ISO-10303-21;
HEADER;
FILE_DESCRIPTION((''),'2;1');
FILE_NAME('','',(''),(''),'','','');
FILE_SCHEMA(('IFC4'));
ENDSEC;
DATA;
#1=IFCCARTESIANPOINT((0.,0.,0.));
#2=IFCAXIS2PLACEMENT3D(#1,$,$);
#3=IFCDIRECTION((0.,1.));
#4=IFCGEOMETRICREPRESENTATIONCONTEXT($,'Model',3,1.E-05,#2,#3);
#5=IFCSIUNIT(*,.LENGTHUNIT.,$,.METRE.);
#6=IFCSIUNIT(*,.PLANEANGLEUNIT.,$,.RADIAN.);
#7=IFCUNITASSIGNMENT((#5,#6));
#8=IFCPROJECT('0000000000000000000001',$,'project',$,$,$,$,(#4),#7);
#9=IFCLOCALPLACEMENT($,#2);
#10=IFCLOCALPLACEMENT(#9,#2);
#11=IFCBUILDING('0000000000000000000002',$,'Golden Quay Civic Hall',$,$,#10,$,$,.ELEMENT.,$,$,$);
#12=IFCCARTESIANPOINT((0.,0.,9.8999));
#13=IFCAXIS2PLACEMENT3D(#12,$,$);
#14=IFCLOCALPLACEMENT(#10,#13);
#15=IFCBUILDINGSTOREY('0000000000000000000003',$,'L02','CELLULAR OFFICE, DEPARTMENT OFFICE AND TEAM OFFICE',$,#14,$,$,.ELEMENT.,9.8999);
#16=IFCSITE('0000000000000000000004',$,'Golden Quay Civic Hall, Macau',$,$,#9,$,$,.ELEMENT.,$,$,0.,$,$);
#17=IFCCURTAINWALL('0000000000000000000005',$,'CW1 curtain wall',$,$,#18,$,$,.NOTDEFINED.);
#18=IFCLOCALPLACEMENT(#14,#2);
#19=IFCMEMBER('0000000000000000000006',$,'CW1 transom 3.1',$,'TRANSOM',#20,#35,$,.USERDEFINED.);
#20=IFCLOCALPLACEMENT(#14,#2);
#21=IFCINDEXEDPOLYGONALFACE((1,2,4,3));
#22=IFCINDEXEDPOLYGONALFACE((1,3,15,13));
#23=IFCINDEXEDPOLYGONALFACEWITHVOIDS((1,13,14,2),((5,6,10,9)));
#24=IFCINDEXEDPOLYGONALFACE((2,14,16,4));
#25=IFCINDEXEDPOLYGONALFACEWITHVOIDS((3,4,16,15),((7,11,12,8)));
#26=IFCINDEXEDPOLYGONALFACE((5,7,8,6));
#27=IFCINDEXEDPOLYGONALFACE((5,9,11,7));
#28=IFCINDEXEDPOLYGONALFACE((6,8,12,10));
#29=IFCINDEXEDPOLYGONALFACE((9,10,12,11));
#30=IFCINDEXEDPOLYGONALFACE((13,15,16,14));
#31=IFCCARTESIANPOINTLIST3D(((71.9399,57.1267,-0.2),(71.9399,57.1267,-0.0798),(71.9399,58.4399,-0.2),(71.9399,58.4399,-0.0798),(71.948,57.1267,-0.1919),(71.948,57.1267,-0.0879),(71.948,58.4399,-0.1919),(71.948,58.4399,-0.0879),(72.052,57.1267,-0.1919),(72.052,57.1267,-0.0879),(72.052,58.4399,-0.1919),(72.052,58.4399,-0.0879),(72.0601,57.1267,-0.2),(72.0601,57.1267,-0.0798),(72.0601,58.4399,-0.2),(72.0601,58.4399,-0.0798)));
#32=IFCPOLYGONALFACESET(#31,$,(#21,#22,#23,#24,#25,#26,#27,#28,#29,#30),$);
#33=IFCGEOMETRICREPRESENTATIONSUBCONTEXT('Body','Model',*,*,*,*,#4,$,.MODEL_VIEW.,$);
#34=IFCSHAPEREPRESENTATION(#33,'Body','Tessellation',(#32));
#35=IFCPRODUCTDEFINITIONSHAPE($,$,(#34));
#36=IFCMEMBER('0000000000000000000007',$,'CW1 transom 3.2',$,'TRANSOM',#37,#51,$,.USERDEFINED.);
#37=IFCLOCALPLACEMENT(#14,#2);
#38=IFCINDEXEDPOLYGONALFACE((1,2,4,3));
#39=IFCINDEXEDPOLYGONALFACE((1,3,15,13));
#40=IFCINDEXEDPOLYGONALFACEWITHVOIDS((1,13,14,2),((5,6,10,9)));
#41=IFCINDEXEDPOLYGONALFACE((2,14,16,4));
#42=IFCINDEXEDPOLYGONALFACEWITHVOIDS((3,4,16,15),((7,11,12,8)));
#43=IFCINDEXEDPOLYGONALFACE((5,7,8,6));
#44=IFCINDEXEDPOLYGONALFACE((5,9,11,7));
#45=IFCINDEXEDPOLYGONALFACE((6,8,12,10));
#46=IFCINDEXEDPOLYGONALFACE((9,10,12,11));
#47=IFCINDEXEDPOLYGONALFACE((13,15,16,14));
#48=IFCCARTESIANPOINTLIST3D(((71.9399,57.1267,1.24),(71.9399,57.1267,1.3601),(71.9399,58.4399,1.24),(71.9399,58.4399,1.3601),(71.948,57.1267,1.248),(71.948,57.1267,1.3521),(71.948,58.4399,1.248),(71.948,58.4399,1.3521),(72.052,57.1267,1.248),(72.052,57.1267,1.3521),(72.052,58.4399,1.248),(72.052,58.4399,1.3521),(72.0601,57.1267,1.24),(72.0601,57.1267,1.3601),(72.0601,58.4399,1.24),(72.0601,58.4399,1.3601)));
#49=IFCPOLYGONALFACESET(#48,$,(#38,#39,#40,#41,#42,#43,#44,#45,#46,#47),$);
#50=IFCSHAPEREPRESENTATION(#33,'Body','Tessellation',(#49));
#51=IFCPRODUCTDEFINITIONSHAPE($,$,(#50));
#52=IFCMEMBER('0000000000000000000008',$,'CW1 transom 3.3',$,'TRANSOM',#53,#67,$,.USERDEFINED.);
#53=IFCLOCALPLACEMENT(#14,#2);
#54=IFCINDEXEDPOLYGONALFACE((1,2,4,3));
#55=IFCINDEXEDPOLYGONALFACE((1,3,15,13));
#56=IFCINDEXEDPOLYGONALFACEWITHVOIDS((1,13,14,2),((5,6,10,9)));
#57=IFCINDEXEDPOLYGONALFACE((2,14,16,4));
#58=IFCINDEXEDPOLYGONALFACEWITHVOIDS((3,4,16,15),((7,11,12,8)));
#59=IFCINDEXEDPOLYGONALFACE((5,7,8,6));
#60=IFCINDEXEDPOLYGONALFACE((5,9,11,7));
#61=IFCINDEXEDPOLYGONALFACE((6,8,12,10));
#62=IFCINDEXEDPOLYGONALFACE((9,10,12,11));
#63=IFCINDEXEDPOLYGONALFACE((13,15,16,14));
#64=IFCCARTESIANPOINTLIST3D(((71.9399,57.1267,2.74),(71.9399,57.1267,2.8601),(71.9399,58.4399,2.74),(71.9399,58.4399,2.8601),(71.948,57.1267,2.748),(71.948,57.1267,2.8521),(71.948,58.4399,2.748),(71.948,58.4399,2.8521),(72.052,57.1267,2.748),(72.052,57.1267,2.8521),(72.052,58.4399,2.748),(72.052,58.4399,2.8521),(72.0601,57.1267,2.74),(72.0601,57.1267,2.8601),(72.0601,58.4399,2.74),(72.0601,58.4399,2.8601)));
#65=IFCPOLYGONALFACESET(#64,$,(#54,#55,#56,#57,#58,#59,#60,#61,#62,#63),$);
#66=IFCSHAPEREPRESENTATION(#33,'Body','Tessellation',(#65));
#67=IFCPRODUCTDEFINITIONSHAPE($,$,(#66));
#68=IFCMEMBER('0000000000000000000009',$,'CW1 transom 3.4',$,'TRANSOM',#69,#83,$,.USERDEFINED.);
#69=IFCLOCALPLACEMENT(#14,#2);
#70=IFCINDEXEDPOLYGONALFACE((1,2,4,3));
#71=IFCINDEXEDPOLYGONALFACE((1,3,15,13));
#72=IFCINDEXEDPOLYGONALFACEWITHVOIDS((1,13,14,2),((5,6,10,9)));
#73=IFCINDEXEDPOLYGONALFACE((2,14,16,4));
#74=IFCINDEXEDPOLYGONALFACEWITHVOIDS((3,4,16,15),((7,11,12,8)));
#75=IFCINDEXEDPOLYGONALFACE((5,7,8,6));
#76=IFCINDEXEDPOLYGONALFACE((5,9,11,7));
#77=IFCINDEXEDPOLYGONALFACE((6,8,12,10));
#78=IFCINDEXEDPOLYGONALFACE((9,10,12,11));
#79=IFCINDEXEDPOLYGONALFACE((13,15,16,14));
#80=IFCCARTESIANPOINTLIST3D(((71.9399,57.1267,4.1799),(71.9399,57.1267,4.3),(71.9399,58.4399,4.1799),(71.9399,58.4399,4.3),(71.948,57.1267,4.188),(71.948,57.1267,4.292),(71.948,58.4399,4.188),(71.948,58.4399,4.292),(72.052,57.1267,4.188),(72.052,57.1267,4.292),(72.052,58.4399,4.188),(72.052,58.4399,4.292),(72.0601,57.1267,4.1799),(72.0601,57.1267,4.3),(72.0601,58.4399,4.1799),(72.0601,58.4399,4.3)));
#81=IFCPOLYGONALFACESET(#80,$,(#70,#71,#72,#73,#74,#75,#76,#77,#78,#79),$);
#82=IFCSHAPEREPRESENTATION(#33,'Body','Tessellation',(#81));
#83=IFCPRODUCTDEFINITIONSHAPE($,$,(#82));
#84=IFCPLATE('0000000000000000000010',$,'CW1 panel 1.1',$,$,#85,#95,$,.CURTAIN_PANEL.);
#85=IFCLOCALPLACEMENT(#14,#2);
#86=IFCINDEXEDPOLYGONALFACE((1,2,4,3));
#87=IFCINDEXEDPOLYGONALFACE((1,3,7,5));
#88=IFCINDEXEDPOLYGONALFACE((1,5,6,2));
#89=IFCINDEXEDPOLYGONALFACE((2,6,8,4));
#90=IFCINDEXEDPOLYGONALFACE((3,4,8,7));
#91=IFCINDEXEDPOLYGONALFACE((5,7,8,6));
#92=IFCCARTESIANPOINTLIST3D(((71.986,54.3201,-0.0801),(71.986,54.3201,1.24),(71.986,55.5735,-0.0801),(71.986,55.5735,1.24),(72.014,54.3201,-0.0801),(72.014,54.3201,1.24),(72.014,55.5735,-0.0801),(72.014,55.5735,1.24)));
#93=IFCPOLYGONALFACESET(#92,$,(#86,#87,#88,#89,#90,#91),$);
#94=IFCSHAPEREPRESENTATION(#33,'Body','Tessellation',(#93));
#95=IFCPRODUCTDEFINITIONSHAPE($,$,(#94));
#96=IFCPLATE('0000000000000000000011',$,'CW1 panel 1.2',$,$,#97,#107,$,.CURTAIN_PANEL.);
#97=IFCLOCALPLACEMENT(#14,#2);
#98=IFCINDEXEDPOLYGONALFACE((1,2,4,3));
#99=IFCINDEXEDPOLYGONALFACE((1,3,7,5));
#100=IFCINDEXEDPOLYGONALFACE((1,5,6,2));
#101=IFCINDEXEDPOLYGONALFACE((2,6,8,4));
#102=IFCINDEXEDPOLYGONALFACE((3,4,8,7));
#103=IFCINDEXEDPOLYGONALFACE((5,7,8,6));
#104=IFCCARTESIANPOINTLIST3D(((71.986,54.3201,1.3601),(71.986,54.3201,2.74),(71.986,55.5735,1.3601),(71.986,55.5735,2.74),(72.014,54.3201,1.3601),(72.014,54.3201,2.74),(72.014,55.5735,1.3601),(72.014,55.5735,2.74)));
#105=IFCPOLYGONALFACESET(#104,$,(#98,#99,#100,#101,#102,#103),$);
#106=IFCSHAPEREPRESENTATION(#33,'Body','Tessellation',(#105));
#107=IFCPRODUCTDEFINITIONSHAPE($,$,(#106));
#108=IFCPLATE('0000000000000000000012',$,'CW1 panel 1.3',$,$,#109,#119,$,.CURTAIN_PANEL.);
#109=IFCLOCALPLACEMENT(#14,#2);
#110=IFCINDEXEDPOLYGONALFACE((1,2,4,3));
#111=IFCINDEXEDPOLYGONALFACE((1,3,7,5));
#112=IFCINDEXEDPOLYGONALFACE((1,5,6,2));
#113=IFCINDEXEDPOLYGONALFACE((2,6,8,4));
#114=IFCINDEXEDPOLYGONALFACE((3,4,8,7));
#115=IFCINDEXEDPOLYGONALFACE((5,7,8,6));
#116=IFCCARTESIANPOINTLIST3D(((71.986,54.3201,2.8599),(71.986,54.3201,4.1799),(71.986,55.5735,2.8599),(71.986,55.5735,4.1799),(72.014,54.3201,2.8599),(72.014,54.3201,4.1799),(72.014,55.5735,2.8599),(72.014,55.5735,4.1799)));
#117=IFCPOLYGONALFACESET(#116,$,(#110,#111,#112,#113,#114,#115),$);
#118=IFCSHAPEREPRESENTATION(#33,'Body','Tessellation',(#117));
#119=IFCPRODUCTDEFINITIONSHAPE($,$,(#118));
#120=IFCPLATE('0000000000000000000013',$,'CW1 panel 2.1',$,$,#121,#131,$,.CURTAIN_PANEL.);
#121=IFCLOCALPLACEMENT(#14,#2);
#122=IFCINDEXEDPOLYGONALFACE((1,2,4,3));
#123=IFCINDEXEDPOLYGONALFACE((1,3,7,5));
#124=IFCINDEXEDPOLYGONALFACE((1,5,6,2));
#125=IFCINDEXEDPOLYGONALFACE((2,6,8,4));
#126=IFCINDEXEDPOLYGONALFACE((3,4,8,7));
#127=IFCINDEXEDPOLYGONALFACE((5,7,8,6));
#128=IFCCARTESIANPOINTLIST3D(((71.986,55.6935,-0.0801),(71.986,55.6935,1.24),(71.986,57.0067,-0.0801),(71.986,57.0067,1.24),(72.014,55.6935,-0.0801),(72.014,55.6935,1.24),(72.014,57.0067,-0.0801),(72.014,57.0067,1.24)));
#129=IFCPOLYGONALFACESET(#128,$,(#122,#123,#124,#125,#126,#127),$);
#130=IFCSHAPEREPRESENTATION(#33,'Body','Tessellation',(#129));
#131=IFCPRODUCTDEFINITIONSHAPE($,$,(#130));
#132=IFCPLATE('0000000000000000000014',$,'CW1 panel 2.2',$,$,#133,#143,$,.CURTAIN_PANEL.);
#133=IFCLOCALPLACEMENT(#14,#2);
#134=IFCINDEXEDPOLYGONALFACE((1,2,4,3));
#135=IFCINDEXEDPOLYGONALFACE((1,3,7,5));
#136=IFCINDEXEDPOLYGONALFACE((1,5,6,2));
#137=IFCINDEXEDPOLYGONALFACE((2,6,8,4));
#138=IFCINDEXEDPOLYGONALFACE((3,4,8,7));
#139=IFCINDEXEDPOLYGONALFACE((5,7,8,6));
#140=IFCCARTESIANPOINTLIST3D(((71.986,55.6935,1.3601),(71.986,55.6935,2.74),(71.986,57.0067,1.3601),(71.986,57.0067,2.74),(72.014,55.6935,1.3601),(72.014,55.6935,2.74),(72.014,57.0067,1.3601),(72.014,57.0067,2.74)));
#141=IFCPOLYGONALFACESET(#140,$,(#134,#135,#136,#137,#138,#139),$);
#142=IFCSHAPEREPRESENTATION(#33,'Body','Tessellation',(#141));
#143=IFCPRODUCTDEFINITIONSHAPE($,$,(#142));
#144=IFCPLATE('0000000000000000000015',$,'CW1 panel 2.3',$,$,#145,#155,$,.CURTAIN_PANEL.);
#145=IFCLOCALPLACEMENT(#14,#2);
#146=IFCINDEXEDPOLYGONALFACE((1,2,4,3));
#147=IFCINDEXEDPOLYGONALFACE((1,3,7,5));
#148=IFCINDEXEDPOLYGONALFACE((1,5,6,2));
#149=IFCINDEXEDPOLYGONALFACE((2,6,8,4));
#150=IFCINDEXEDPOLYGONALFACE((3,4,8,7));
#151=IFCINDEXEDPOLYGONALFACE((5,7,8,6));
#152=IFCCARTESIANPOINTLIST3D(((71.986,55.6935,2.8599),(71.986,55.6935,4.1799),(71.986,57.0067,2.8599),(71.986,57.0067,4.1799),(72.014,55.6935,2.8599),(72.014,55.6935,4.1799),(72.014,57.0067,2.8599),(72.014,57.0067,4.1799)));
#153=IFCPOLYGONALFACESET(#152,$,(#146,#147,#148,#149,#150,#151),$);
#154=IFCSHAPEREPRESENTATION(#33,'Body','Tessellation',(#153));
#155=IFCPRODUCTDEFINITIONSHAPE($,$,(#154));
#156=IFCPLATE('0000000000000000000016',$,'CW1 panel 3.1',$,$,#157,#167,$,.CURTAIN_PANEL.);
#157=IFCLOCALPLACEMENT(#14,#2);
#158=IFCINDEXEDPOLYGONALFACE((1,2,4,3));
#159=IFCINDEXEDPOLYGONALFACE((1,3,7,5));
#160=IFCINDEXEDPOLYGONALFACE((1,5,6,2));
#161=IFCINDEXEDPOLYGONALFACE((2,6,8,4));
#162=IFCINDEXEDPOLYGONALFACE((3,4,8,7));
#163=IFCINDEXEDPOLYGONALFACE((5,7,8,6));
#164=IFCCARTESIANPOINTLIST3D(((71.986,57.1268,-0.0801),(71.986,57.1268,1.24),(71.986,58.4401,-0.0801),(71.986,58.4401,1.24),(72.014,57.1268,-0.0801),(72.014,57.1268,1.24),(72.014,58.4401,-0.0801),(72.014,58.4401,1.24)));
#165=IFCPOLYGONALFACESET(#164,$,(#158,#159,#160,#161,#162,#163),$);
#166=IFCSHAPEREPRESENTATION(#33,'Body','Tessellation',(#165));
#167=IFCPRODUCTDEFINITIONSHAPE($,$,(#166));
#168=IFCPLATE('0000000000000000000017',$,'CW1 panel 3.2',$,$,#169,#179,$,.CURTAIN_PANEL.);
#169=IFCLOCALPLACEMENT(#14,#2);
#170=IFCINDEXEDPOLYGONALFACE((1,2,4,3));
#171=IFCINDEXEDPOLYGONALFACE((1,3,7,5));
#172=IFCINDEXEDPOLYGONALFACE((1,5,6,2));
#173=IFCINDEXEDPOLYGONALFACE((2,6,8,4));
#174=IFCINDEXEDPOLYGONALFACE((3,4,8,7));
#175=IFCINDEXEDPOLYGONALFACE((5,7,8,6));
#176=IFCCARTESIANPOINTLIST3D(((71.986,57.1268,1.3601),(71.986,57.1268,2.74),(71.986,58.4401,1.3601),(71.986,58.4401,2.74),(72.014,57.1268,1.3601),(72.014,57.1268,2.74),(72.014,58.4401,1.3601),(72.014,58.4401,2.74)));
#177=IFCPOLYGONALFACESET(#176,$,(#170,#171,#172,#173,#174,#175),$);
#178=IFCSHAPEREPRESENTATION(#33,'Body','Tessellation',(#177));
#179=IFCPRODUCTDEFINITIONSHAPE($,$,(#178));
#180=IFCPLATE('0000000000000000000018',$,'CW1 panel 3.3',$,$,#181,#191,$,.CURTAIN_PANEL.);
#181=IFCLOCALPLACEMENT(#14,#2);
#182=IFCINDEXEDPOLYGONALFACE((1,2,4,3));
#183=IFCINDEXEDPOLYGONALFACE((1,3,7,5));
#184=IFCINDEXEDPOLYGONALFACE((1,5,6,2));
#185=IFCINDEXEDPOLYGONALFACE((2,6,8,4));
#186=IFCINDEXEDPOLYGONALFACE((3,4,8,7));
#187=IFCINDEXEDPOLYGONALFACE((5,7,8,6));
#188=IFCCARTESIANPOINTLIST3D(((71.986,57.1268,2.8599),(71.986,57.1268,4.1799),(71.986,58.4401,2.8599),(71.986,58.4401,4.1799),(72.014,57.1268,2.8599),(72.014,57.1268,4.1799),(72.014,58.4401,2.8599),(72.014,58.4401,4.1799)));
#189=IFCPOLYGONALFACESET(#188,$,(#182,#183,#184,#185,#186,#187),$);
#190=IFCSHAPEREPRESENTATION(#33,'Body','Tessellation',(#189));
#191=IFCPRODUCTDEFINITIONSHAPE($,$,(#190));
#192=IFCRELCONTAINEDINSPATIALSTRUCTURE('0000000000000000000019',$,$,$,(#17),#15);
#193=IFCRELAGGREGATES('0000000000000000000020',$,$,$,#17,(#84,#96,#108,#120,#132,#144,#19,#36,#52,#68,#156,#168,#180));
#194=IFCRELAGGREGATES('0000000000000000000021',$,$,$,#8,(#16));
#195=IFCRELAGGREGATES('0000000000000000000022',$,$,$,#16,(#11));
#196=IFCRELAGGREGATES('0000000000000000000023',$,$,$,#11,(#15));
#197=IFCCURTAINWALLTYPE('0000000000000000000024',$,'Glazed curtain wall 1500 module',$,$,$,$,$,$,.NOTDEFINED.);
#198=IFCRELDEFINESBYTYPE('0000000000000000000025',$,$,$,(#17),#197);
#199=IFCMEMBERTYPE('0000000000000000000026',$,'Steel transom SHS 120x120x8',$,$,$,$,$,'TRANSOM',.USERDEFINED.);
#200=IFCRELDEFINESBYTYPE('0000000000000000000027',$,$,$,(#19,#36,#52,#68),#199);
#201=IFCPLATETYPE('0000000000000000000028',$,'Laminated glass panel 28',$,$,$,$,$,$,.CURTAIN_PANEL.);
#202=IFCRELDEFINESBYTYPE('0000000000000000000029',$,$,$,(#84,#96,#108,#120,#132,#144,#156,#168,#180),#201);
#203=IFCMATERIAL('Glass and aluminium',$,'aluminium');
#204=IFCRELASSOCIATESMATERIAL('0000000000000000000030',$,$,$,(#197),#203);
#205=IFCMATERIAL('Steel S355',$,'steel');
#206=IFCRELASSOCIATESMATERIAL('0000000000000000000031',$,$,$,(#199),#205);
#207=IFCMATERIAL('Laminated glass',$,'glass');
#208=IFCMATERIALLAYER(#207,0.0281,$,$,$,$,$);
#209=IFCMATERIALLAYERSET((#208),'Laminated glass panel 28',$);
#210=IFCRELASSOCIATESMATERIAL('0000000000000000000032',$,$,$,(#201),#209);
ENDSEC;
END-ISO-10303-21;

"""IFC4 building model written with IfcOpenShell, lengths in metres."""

from ifc_helpers import new_model, si_unit, direction, frame, origin, origin_2d, place, context, subcontext, project, spatial, rectangle, hollow_rectangle, extrude, material, layer, layer_set, material_profile, profile_set, type_object, element, aggregate, save


model = new_model("IFC4")

# Units and contexts
model_context = context("Model", 3, precision=1e-05, world=origin(), true_north=direction((0.0, 1.0)))
body_context = subcontext(model_context, "Body", "Model", "MODEL_VIEW")
ifc_project = project(units=[si_unit("LENGTHUNIT", "METRE"), si_unit("PLANEANGLEUNIT", "RADIAN")], contexts=[model_context])

# Site, building, storey
site_placement = place(None, origin())
site = spatial("IfcSite", under=ifc_project, at=site_placement, Name="Golden Quay Civic Hall, Macau", CompositionType="ELEMENT", RefElevation=0.0)
building_placement = place(site_placement, origin())
building = spatial("IfcBuilding", under=site, at=building_placement, Name="Golden Quay Civic Hall", CompositionType="ELEMENT")
storey_placement = place(building_placement, frame((0.0, 0.0, 9.8999)))
storey = spatial("IfcBuildingStorey", under=building, at=storey_placement, Name="L02", Description="CELLULAR OFFICE, DEPARTMENT OFFICE AND TEAM OFFICE", CompositionType="ELEMENT", Elevation=9.8999)

# Curtain wall, members, plates
ifc_material_1 = material(Name="Glass and aluminium", Category="aluminium")
curtain_wall_type = type_object("IfcCurtainWallType", Name="Glazed curtain wall 1500 module", PredefinedType="NOTDEFINED", material=ifc_material_1)
curtain_wall_placement = place(storey_placement, origin())
curtain_wall = element("IfcCurtainWall", 1, at=curtain_wall_placement, inside=storey, type_object=curtain_wall_type, Name="CW1 curtain wall", PredefinedType="NOTDEFINED")
ifc_material_2 = material(Name="Steel S355", Category="steel")
ifc_material_profile_1 = material_profile(ifc_material_2, hollow_rectangle(XDim=0.1201, YDim=0.1201, WallThickness=0.0081, at=origin_2d()), Name="SHS 120x120x8")
ifc_profile_set_1 = profile_set([ifc_material_profile_1], Name="Steel S355")
member_type_1 = type_object("IfcMemberType", Name="Steel transom SHS 120x120x8", ElementType="TRANSOM", PredefinedType="USERDEFINED", material=ifc_profile_set_1)
member_1_placement = place(storey_placement, frame((72.0, 57.1267, -0.1399), z_axis=(0.0, 1.0, 0.0), x_axis=(-1.0, 0.0, 0.0)))
member_1 = element("IfcMember", 2, at=member_1_placement, type_object=member_type_1, Name="CW1 transom 3.1", ObjectType="TRANSOM", PredefinedType="USERDEFINED", context=body_context, shape_type="SweptSolid", body=[
    extrude(hollow_rectangle(XDim=0.1201, YDim=0.1201, WallThickness=0.0081, at=origin_2d()), origin(), (0.0, 0.0, 1.0), 1.3132),
])
member_2_placement = place(storey_placement, frame((72.0, 57.1267, 1.3), z_axis=(0.0, 1.0, 0.0), x_axis=(-1.0, 0.0, 0.0)))
member_2 = element("IfcMember", 3, at=member_2_placement, type_object=member_type_1, Name="CW1 transom 3.2", ObjectType="TRANSOM", PredefinedType="USERDEFINED", context=body_context, shape_type="SweptSolid", body=[
    extrude(hollow_rectangle(XDim=0.1201, YDim=0.1201, WallThickness=0.0081, at=origin_2d()), origin(), (0.0, 0.0, 1.0), 1.3132),
])
member_3_placement = place(storey_placement, frame((72.0, 57.1267, 2.8), z_axis=(0.0, 1.0, 0.0), x_axis=(-1.0, 0.0, 0.0)))
member_3 = element("IfcMember", 4, at=member_3_placement, type_object=member_type_1, Name="CW1 transom 3.3", ObjectType="TRANSOM", PredefinedType="USERDEFINED", context=body_context, shape_type="SweptSolid", body=[
    extrude(hollow_rectangle(XDim=0.1201, YDim=0.1201, WallThickness=0.0081, at=origin_2d()), origin(), (0.0, 0.0, 1.0), 1.3132),
])
member_4_placement = place(storey_placement, frame((72.0, 57.1267, 4.24), z_axis=(0.0, 1.0, 0.0), x_axis=(-1.0, 0.0, 0.0)))
member_4 = element("IfcMember", 5, at=member_4_placement, type_object=member_type_1, Name="CW1 transom 3.4", ObjectType="TRANSOM", PredefinedType="USERDEFINED", context=body_context, shape_type="SweptSolid", body=[
    extrude(hollow_rectangle(XDim=0.1201, YDim=0.1201, WallThickness=0.0081, at=origin_2d()), origin(), (0.0, 0.0, 1.0), 1.3132),
])
ifc_material_3 = material(Name="Laminated glass", Category="glass")
ifc_layer = layer(ifc_material_3, 0.0281)
ifc_layer_set = layer_set([ifc_layer], Name="Laminated glass panel 28")
plate_type = type_object("IfcPlateType", Name="Laminated glass panel 28", PredefinedType="CURTAIN_PANEL", material=ifc_layer_set)
plate_1_placement = place(storey_placement, frame((72.0, 54.9468, -0.0801), z_axis=(0.0, 0.0, 1.0), x_axis=(0.0, 1.0, 0.0)))
plate_1 = element("IfcPlate", 6, at=plate_1_placement, type_object=plate_type, Name="CW1 panel 1.1", PredefinedType="CURTAIN_PANEL", context=body_context, shape_type="SweptSolid", body=[
    extrude(rectangle(XDim=1.2534, YDim=0.0281, at=origin_2d()), origin(), (0.0, 0.0, 1.0), 1.3201),
])
plate_2_placement = place(storey_placement, frame((72.0, 54.9468, 1.3601), z_axis=(0.0, 0.0, 1.0), x_axis=(0.0, 1.0, 0.0)))
plate_2 = element("IfcPlate", 7, at=plate_2_placement, type_object=plate_type, Name="CW1 panel 1.2", PredefinedType="CURTAIN_PANEL", context=body_context, shape_type="SweptSolid", body=[
    extrude(rectangle(XDim=1.2534, YDim=0.0281, at=origin_2d()), origin(), (0.0, 0.0, 1.0), 1.3799),
])
plate_3_placement = place(storey_placement, frame((72.0, 54.9468, 2.8599), z_axis=(0.0, 0.0, 1.0), x_axis=(0.0, 1.0, 0.0)))
plate_3 = element("IfcPlate", 8, at=plate_3_placement, type_object=plate_type, Name="CW1 panel 1.3", PredefinedType="CURTAIN_PANEL", context=body_context, shape_type="SweptSolid", body=[
    extrude(rectangle(XDim=1.2534, YDim=0.0281, at=origin_2d()), origin(), (0.0, 0.0, 1.0), 1.3201),
])
plate_4_placement = place(storey_placement, frame((72.0, 56.3501, -0.0801), z_axis=(0.0, 0.0, 1.0), x_axis=(0.0, 1.0, 0.0)))
plate_4 = element("IfcPlate", 9, at=plate_4_placement, type_object=plate_type, Name="CW1 panel 2.1", PredefinedType="CURTAIN_PANEL", context=body_context, shape_type="SweptSolid", body=[
    extrude(rectangle(XDim=1.3132, YDim=0.0281, at=origin_2d()), origin(), (0.0, 0.0, 1.0), 1.3201),
])
plate_5_placement = place(storey_placement, frame((72.0, 56.3501, 1.3601), z_axis=(0.0, 0.0, 1.0), x_axis=(0.0, 1.0, 0.0)))
plate_5 = element("IfcPlate", 10, at=plate_5_placement, type_object=plate_type, Name="CW1 panel 2.2", PredefinedType="CURTAIN_PANEL", context=body_context, shape_type="SweptSolid", body=[
    extrude(rectangle(XDim=1.3132, YDim=0.0281, at=origin_2d()), origin(), (0.0, 0.0, 1.0), 1.3799),
])
plate_6_placement = place(storey_placement, frame((72.0, 56.3501, 2.8599), z_axis=(0.0, 0.0, 1.0), x_axis=(0.0, 1.0, 0.0)))
plate_6 = element("IfcPlate", 11, at=plate_6_placement, type_object=plate_type, Name="CW1 panel 2.3", PredefinedType="CURTAIN_PANEL", context=body_context, shape_type="SweptSolid", body=[
    extrude(rectangle(XDim=1.3132, YDim=0.0281, at=origin_2d()), origin(), (0.0, 0.0, 1.0), 1.3201),
])
plate_7_placement = place(storey_placement, frame((72.0, 57.7834, -0.0801), z_axis=(0.0, 0.0, 1.0), x_axis=(0.0, 1.0, 0.0)))
plate_7 = element("IfcPlate", 12, at=plate_7_placement, type_object=plate_type, Name="CW1 panel 3.1", PredefinedType="CURTAIN_PANEL", context=body_context, shape_type="SweptSolid", body=[
    extrude(rectangle(XDim=1.3132, YDim=0.0281, at=origin_2d()), origin(), (0.0, 0.0, 1.0), 1.3201),
])
plate_8_placement = place(storey_placement, frame((72.0, 57.7834, 1.3601), z_axis=(0.0, 0.0, 1.0), x_axis=(0.0, 1.0, 0.0)))
plate_8 = element("IfcPlate", 13, at=plate_8_placement, type_object=plate_type, Name="CW1 panel 3.2", PredefinedType="CURTAIN_PANEL", context=body_context, shape_type="SweptSolid", body=[
    extrude(rectangle(XDim=1.3132, YDim=0.0281, at=origin_2d()), origin(), (0.0, 0.0, 1.0), 1.3799),
])
plate_9_placement = place(storey_placement, frame((72.0, 57.7834, 2.8599), z_axis=(0.0, 0.0, 1.0), x_axis=(0.0, 1.0, 0.0)))
plate_9 = element("IfcPlate", 14, at=plate_9_placement, type_object=plate_type, Name="CW1 panel 3.3", PredefinedType="CURTAIN_PANEL", context=body_context, shape_type="SweptSolid", body=[
    extrude(rectangle(XDim=1.3132, YDim=0.0281, at=origin_2d()), origin(), (0.0, 0.0, 1.0), 1.3201),
])
aggregate(curtain_wall, [plate_1, plate_2, plate_3, plate_4, plate_5, plate_6, member_1, member_2, member_3, member_4, plate_7, plate_8, plate_9])

save(model, "model.ifc")
